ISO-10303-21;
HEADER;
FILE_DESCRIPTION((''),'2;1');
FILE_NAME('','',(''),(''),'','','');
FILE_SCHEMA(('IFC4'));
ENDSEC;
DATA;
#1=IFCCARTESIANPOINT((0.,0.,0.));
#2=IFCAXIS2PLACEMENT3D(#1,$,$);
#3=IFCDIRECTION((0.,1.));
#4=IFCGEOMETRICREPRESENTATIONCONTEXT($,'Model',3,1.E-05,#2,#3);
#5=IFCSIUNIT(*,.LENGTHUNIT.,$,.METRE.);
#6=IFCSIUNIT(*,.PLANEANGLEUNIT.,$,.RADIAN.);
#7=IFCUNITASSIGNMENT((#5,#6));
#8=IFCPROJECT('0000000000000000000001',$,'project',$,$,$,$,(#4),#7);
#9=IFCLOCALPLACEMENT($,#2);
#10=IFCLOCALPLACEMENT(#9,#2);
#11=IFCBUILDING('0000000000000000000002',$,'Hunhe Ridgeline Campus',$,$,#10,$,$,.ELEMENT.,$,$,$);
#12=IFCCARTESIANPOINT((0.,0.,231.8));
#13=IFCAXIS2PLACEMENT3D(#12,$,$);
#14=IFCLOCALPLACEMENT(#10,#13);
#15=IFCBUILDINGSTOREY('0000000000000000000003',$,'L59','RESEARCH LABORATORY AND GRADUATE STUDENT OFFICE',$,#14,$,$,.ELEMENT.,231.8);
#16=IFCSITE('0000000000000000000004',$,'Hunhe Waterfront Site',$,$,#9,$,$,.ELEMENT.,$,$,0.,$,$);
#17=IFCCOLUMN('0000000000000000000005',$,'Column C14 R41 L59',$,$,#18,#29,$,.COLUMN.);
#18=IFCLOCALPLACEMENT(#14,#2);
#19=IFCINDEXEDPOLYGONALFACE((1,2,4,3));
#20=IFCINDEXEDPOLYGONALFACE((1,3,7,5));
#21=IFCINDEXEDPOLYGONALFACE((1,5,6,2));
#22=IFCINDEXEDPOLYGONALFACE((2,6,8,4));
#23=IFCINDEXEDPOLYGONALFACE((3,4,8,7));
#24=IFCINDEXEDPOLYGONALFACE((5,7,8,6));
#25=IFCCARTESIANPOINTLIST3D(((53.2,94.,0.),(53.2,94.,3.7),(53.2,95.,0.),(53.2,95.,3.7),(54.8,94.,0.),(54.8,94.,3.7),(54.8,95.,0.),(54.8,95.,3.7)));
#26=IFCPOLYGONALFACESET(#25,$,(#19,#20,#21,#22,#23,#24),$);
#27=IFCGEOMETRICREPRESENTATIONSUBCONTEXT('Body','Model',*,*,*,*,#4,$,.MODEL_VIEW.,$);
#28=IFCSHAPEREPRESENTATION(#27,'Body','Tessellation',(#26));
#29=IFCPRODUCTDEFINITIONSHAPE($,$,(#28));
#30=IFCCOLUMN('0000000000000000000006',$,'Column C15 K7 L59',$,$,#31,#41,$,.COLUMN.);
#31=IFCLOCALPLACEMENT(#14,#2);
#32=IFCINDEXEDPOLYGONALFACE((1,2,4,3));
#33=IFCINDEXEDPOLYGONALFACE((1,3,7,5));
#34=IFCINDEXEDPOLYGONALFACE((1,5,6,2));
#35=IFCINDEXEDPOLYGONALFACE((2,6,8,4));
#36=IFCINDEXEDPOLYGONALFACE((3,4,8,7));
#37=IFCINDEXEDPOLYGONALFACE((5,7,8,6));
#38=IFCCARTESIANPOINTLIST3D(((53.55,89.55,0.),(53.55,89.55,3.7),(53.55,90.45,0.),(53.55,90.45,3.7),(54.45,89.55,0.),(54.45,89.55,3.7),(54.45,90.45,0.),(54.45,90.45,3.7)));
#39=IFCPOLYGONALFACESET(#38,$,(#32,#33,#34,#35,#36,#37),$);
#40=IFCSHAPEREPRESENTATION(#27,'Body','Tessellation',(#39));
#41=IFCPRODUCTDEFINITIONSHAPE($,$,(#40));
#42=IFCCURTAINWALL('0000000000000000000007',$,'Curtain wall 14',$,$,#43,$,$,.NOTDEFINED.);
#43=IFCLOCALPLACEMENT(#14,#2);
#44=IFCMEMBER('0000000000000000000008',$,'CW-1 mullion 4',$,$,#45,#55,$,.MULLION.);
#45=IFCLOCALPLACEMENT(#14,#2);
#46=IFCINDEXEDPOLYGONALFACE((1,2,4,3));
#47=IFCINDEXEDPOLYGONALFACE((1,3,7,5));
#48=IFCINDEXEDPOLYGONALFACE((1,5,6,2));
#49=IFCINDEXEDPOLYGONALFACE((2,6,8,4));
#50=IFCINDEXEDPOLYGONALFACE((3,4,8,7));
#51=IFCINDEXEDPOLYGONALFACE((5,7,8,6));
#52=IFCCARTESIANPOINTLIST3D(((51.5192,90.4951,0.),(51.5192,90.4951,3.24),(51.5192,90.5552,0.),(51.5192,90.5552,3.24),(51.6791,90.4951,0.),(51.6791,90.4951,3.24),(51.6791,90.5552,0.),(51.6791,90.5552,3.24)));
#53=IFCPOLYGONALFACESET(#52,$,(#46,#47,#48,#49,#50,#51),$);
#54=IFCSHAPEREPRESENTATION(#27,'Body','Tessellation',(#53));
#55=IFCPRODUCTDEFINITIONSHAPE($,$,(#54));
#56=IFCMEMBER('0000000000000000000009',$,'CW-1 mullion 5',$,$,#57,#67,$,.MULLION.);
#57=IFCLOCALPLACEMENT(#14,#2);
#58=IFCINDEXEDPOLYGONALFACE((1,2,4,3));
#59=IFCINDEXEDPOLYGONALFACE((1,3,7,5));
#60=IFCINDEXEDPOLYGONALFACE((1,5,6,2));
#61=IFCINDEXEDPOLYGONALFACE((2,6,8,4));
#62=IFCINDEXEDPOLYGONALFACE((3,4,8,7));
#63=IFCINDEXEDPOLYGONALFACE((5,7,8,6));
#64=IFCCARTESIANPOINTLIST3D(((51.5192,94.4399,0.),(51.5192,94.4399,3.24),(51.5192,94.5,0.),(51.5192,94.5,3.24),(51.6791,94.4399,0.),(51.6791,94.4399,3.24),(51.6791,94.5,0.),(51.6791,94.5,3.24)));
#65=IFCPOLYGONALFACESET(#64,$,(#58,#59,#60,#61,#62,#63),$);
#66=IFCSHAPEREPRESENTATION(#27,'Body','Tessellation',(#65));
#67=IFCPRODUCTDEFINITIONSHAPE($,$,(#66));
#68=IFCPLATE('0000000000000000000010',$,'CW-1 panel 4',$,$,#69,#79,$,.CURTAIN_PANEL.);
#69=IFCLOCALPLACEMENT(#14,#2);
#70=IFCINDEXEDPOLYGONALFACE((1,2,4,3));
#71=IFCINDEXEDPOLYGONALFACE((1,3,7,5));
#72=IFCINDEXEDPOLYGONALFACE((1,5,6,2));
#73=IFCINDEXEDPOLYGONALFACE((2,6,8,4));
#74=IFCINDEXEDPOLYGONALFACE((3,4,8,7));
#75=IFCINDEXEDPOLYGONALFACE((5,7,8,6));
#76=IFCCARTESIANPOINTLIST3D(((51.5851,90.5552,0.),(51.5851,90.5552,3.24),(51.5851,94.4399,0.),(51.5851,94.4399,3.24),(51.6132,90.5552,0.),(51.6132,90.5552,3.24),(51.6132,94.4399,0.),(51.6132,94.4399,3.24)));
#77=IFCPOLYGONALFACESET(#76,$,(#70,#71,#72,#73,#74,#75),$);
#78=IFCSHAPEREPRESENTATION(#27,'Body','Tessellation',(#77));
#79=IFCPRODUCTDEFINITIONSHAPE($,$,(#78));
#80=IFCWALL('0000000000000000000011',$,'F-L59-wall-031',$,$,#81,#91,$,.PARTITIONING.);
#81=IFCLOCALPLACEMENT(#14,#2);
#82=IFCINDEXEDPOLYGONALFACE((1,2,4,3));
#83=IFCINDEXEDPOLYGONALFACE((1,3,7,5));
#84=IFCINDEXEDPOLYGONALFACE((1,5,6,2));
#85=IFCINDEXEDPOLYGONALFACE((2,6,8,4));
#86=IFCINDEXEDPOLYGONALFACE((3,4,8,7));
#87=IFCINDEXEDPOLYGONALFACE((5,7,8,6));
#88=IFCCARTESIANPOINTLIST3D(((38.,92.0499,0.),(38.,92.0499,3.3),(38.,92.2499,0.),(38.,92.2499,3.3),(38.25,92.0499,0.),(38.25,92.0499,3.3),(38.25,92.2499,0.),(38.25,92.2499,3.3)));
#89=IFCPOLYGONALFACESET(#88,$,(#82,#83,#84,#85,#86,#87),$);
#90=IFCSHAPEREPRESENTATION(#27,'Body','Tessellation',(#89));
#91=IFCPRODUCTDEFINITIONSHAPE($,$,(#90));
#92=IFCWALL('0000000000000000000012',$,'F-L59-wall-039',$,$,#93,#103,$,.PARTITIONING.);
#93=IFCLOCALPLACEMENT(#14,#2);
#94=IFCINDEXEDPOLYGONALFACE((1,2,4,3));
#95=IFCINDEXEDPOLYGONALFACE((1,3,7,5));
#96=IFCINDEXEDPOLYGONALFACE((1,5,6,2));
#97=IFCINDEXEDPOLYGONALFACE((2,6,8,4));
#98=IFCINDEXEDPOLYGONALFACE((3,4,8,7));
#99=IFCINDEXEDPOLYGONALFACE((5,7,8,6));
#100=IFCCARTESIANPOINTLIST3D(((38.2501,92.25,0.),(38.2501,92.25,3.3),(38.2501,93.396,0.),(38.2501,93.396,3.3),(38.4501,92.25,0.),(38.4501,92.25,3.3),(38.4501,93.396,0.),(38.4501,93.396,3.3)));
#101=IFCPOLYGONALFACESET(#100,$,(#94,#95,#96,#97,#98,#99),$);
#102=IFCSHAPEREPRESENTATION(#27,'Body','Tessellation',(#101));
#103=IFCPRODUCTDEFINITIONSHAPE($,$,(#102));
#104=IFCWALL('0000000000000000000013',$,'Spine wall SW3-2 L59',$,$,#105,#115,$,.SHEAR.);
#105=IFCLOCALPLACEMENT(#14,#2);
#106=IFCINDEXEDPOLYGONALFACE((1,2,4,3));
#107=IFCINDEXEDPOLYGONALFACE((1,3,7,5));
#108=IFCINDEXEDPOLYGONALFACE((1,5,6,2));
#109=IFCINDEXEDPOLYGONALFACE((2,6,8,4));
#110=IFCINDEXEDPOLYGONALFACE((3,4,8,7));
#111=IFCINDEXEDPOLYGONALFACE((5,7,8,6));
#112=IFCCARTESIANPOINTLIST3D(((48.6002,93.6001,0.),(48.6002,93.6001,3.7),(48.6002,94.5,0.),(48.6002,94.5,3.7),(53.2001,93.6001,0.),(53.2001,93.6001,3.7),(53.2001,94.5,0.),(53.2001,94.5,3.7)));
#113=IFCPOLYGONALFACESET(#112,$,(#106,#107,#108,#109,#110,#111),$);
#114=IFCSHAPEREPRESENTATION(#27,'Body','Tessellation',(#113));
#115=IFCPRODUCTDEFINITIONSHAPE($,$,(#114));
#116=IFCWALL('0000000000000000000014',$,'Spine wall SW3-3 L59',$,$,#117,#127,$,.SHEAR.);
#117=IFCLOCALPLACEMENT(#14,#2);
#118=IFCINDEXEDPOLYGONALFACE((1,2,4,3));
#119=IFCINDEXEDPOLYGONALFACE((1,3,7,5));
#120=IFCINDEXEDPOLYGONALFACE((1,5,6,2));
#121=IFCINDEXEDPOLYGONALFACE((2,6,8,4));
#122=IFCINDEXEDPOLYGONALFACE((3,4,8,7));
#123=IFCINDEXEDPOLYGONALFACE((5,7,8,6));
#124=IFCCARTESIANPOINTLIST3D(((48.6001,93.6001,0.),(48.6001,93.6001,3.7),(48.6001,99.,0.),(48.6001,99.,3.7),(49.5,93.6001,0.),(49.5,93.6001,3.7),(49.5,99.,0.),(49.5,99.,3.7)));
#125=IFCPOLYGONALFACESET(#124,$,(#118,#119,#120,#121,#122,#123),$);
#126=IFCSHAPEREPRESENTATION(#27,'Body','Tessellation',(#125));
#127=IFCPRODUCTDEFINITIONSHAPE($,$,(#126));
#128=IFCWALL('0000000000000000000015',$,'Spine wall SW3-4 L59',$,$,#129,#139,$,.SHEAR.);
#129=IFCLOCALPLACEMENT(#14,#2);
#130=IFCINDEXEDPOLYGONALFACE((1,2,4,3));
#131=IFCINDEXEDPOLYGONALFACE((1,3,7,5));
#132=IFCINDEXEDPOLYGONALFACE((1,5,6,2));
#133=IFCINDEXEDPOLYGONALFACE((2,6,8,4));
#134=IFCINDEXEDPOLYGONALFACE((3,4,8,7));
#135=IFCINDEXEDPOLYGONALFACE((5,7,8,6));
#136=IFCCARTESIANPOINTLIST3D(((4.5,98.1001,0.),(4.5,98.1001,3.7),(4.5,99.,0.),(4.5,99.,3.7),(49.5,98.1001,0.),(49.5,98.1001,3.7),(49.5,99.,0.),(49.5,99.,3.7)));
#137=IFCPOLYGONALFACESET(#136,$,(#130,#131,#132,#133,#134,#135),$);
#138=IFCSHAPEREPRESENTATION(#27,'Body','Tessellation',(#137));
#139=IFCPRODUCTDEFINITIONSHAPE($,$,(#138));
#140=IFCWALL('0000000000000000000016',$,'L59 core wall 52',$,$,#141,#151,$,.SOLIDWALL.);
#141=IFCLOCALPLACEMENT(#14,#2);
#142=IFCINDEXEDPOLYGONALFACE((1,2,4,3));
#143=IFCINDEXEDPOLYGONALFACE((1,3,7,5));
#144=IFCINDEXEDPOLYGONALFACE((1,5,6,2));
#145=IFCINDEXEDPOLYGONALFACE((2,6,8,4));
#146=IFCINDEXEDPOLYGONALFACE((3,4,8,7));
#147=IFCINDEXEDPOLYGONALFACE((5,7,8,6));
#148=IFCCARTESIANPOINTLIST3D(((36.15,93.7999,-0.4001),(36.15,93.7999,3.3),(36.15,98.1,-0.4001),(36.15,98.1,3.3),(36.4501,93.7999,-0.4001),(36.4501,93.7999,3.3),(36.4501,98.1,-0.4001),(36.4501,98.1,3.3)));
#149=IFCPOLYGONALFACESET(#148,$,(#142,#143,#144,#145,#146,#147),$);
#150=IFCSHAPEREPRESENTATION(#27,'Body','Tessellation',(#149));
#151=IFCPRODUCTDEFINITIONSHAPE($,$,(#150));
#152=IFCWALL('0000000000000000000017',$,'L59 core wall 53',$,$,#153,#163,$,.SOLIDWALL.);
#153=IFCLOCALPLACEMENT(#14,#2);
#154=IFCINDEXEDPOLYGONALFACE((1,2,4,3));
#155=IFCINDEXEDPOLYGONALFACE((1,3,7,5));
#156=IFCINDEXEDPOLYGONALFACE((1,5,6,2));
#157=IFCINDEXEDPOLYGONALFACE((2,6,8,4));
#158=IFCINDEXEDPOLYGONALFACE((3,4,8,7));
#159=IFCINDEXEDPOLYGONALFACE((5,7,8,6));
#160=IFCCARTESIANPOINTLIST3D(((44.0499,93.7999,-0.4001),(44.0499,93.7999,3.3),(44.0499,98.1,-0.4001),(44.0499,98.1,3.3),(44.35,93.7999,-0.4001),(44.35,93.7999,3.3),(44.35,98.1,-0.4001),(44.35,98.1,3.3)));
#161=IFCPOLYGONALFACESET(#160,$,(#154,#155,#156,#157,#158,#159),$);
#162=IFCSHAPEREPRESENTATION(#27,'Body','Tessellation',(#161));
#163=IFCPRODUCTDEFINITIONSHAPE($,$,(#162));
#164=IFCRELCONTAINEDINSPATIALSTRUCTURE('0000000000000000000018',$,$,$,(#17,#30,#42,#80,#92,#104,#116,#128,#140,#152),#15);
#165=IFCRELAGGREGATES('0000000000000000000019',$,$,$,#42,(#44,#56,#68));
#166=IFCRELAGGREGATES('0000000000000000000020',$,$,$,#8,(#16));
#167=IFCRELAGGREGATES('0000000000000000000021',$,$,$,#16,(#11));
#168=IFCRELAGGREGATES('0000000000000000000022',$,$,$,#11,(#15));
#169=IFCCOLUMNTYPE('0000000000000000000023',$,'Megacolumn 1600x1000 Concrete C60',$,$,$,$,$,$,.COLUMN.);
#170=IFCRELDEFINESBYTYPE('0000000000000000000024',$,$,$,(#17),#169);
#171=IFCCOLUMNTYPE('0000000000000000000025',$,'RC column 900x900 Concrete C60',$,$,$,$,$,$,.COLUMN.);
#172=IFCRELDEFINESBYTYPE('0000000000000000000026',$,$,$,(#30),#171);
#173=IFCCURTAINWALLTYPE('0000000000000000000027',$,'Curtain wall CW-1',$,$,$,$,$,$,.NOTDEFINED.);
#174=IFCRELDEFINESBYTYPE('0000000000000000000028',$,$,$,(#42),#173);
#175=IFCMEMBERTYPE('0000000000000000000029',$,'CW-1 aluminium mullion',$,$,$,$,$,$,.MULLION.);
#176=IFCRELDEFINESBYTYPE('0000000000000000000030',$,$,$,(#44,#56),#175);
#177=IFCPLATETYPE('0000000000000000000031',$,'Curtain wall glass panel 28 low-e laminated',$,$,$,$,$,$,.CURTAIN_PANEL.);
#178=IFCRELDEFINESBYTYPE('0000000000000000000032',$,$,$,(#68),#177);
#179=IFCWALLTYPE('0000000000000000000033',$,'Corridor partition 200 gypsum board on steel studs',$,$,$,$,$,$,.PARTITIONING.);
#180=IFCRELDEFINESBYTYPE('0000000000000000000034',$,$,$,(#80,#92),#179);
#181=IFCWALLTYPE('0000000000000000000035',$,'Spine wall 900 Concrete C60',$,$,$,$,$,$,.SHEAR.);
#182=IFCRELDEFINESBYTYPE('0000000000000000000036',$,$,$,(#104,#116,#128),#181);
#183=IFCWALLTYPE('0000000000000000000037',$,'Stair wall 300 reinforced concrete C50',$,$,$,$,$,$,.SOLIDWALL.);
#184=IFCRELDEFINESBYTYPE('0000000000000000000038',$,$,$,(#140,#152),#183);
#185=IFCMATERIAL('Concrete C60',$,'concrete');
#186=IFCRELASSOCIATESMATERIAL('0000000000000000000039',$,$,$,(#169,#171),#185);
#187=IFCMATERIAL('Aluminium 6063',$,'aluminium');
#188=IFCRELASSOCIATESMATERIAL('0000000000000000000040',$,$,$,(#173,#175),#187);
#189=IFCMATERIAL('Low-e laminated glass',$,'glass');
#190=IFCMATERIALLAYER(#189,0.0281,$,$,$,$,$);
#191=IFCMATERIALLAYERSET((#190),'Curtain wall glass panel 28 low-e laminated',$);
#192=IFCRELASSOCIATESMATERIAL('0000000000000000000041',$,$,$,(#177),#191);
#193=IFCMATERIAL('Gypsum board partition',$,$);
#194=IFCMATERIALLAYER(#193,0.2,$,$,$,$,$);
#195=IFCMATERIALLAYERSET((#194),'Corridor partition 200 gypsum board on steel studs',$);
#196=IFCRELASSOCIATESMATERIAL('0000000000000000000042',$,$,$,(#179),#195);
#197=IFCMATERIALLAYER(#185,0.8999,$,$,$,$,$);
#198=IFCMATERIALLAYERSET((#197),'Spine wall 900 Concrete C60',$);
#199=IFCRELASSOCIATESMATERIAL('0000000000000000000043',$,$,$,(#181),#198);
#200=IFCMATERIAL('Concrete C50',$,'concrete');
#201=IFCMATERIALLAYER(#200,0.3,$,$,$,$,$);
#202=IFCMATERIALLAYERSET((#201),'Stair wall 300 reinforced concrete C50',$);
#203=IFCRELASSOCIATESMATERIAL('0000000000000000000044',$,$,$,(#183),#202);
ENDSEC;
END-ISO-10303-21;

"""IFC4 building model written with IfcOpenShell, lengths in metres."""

from ifc_helpers import new_model, si_unit, direction, frame, frame_2d, origin, origin_2d, place, context, subcontext, project, spatial, rectangle, extrude, material, layer, layer_set, material_profile, profile_set, type_object, element, aggregate, save


model = new_model("IFC4")

# Units and contexts
model_context = context("Model", 3, precision=1e-05, world=origin(), true_north=direction((0.0, 1.0)))
body_context = subcontext(model_context, "Body", "Model", "MODEL_VIEW")
ifc_project = project(units=[si_unit("LENGTHUNIT", "METRE"), si_unit("PLANEANGLEUNIT", "RADIAN")], contexts=[model_context])

# Site, building, storey
site_placement = place(None, origin())
site = spatial("IfcSite", under=ifc_project, at=site_placement, Name="Hunhe Waterfront Site", CompositionType="ELEMENT", RefElevation=0.0)
building_placement = place(site_placement, origin())
building = spatial("IfcBuilding", under=site, at=building_placement, Name="Hunhe Ridgeline Campus", CompositionType="ELEMENT")
storey_placement = place(building_placement, frame((0.0, 0.0, 231.8)))
storey = spatial("IfcBuildingStorey", under=building, at=storey_placement, Name="L59", Description="RESEARCH LABORATORY AND GRADUATE STUDENT OFFICE", CompositionType="ELEMENT", Elevation=231.8)

# Columns
ifc_material_1 = material(Name="Concrete C60", Category="concrete")
ifc_material_profile_1 = material_profile(ifc_material_1, rectangle(XDim=1.6001, YDim=1.0, at=origin_2d()))
ifc_profile_set_1 = profile_set([ifc_material_profile_1], Name="Concrete C60")
column_type_1 = type_object("IfcColumnType", Name="Megacolumn 1600x1000 Concrete C60", PredefinedType="COLUMN", material=ifc_profile_set_1)
column_1_placement = place(storey_placement, frame((54.0, 94.5, 0.0), z_axis=(0.0, 0.0, 1.0), x_axis=(1.0, 0.0, 0.0)))
element("IfcColumn", 1, at=column_1_placement, inside=storey, type_object=column_type_1, Name="Column C14 R41 L59", PredefinedType="COLUMN", context=body_context, shape_type="SweptSolid", body=[
    extrude(rectangle(XDim=1.6001, YDim=1.0, at=origin_2d()), origin(), (0.0, 0.0, 1.0), 3.7),
])
ifc_material_profile_2 = material_profile(ifc_material_1, rectangle(XDim=0.8999, YDim=0.8999, at=origin_2d()))
ifc_profile_set_2 = profile_set([ifc_material_profile_2], Name="Concrete C60")
column_type_2 = type_object("IfcColumnType", Name="RC column 900x900 Concrete C60", PredefinedType="COLUMN", material=ifc_profile_set_2)
column_2_placement = place(storey_placement, frame((54.0, 90.0, 0.0), z_axis=(0.0, 0.0, 1.0), x_axis=(1.0, 0.0, 0.0)))
element("IfcColumn", 2, at=column_2_placement, inside=storey, type_object=column_type_2, Name="Column C15 K7 L59", PredefinedType="COLUMN", context=body_context, shape_type="SweptSolid", body=[
    extrude(rectangle(XDim=0.8999, YDim=0.8999, at=origin_2d()), origin(), (0.0, 0.0, 1.0), 3.7),
])

# Curtain wall, members, plate
ifc_material_2 = material(Name="Aluminium 6063", Category="aluminium")
curtain_wall_type = type_object("IfcCurtainWallType", Name="Curtain wall CW-1", PredefinedType="NOTDEFINED", material=ifc_material_2)
curtain_wall_placement = place(storey_placement, origin())
curtain_wall = element("IfcCurtainWall", 3, at=curtain_wall_placement, inside=storey, type_object=curtain_wall_type, Name="Curtain wall 14", PredefinedType="NOTDEFINED")
ifc_material_profile_3 = material_profile(ifc_material_2, rectangle(XDim=0.1599, YDim=0.0601, at=origin_2d()))
ifc_profile_set_3 = profile_set([ifc_material_profile_3], Name="Aluminium 6063")
member_type = type_object("IfcMemberType", Name="CW-1 aluminium mullion", PredefinedType="MULLION", material=ifc_profile_set_3)
member_1_placement = place(storey_placement, frame((51.5991, 90.5251, 0.0), z_axis=(0.0, 0.0, 1.0), x_axis=(-1.0, 0.0, 0.0)))
member_1 = element("IfcMember", 4, at=member_1_placement, type_object=member_type, Name="CW-1 mullion 4", PredefinedType="MULLION", context=body_context, shape_type="SweptSolid", body=[
    extrude(rectangle(XDim=0.1599, YDim=0.0601, at=origin_2d()), origin(), (0.0, 0.0, 1.0), 3.24),
])
member_2_placement = place(storey_placement, frame((51.5991, 94.47, 0.0), z_axis=(0.0, 0.0, 1.0), x_axis=(-1.0, 0.0, 0.0)))
member_2 = element("IfcMember", 5, at=member_2_placement, type_object=member_type, Name="CW-1 mullion 5", PredefinedType="MULLION", context=body_context, shape_type="SweptSolid", body=[
    extrude(rectangle(XDim=0.1599, YDim=0.0601, at=origin_2d()), origin(), (0.0, 0.0, 1.0), 3.24),
])
ifc_material_3 = material(Name="Low-e laminated glass", Category="glass")
ifc_layer_1 = layer(ifc_material_3, 0.0281)
ifc_layer_set_1 = layer_set([ifc_layer_1], Name="Curtain wall glass panel 28 low-e laminated")
plate_type = type_object("IfcPlateType", Name="Curtain wall glass panel 28 low-e laminated", PredefinedType="CURTAIN_PANEL", material=ifc_layer_set_1)
plate_placement = place(storey_placement, frame((51.5991, 92.4976, 0.0), z_axis=(0.0, 0.0, 1.0), x_axis=(0.0, 1.0, 0.0)))
plate = element("IfcPlate", 6, at=plate_placement, type_object=plate_type, Name="CW-1 panel 4", PredefinedType="CURTAIN_PANEL", context=body_context, shape_type="SweptSolid", body=[
    extrude(rectangle(XDim=3.8848, YDim=0.0281, at=origin_2d()), origin(), (0.0, 0.0, 1.0), 3.24),
])
aggregate(curtain_wall, [member_1, member_2, plate])

# Wall
ifc_material_4 = material(Name="Gypsum board partition")
ifc_layer_2 = layer(ifc_material_4, 0.2)
ifc_layer_set_2 = layer_set([ifc_layer_2], Name="Corridor partition 200 gypsum board on steel studs")
wall_type_1 = type_object("IfcWallType", Name="Corridor partition 200 gypsum board on steel studs", PredefinedType="PARTITIONING", material=ifc_layer_set_2)
wall_1_placement = place(storey_placement, frame((38.25, 92.1499, 0.0), z_axis=(0.0, 0.0, 1.0), x_axis=(-1.0, 0.0, 0.0)))
element("IfcWall", 7, at=wall_1_placement, inside=storey, type_object=wall_type_1, Name="F-L59-wall-031", PredefinedType="PARTITIONING", context=body_context, shape_type="SweptSolid", body=[
    extrude(rectangle(XDim=0.25, YDim=0.2, at=frame_2d((0.125, 0.0))), origin(), (0.0, 0.0, 1.0), 3.3),
])

# Walls
wall_2_placement = place(storey_placement, frame((38.3501, 93.396, 0.0), z_axis=(0.0, 0.0, 1.0), x_axis=(0.0, -1.0, 0.0)))
element("IfcWall", 8, at=wall_2_placement, inside=storey, type_object=wall_type_1, Name="F-L59-wall-039", PredefinedType="PARTITIONING", context=body_context, shape_type="SweptSolid", body=[
    extrude(rectangle(XDim=1.146, YDim=0.2, at=frame_2d((0.573, 0.0))), origin(), (0.0, 0.0, 1.0), 3.3),
])
ifc_layer_3 = layer(ifc_material_1, 0.8999)
ifc_layer_set_3 = layer_set([ifc_layer_3], Name="Spine wall 900 Concrete C60")
wall_type_2 = type_object("IfcWallType", Name="Spine wall 900 Concrete C60", PredefinedType="SHEAR", material=ifc_layer_set_3)
wall_3_placement = place(storey_placement, frame((53.2, 94.05, 0.0), z_axis=(0.0, 0.0, 1.0), x_axis=(-1.0, 0.0, 0.0)))
element("IfcWall", 9, at=wall_3_placement, inside=storey, type_object=wall_type_2, Name="Spine wall SW3-2 L59", PredefinedType="SHEAR", context=body_context, shape_type="SweptSolid", body=[
    extrude(rectangle(XDim=4.5999, YDim=0.8999, at=frame_2d((2.2998, 0.0))), origin(), (0.0, 0.0, 1.0), 3.7),
])
wall_4_placement = place(storey_placement, frame((49.05, 93.6001, 0.0), z_axis=(0.0, 0.0, 1.0), x_axis=(0.0, 1.0, 0.0)))
element("IfcWall", 10, at=wall_4_placement, inside=storey, type_object=wall_type_2, Name="Spine wall SW3-3 L59", PredefinedType="SHEAR", context=body_context, shape_type="SweptSolid", body=[
    extrude(rectangle(XDim=5.3999, YDim=0.8999, at=frame_2d((2.7, 0.0))), origin(), (0.0, 0.0, 1.0), 3.7),
])
wall_5_placement = place(storey_placement, frame((49.5, 98.55, 0.0), z_axis=(0.0, 0.0, 1.0), x_axis=(-1.0, 0.0, 0.0)))
element("IfcWall", 11, at=wall_5_placement, inside=storey, type_object=wall_type_2, Name="Spine wall SW3-4 L59", PredefinedType="SHEAR", context=body_context, shape_type="SweptSolid", body=[
    extrude(rectangle(XDim=45.0, YDim=0.8999, at=frame_2d((22.5, 0.0))), origin(), (0.0, 0.0, 1.0), 3.7),
])

# Shared definitions
ifc_material_5 = material(Name="Concrete C50", Category="concrete")
ifc_layer_4 = layer(ifc_material_5, 0.3)
ifc_layer_set_4 = layer_set([ifc_layer_4], Name="Stair wall 300 reinforced concrete C50")
wall_type_3 = type_object("IfcWallType", Name="Stair wall 300 reinforced concrete C50", PredefinedType="SOLIDWALL", material=ifc_layer_set_4)

# Walls
for number, where, z_axis, x_axis, name in (
    (12, (36.3, 93.8, -0.4001), (0.0, 0.0, 1.0), (0.0, 1.0, 0.0), "L59 core wall 52"),
    (13, (44.2, 93.8, -0.4001), (0.0, 0.0, 1.0), (0.0, 1.0, 0.0), "L59 core wall 53"),
):
    element("IfcWall", number, at=place(storey_placement, frame(where, z_axis=z_axis, x_axis=x_axis)), inside=storey, type_object=wall_type_3, Name=name, PredefinedType="SOLIDWALL", context=body_context, shape_type="SweptSolid", body=[
        extrude(rectangle(XDim=4.3, YDim=0.3, at=frame_2d((2.1499, 0.0))), origin(), (0.0, 0.0, 1.0), 3.7002),
    ])

save(model, "model.ifc")
